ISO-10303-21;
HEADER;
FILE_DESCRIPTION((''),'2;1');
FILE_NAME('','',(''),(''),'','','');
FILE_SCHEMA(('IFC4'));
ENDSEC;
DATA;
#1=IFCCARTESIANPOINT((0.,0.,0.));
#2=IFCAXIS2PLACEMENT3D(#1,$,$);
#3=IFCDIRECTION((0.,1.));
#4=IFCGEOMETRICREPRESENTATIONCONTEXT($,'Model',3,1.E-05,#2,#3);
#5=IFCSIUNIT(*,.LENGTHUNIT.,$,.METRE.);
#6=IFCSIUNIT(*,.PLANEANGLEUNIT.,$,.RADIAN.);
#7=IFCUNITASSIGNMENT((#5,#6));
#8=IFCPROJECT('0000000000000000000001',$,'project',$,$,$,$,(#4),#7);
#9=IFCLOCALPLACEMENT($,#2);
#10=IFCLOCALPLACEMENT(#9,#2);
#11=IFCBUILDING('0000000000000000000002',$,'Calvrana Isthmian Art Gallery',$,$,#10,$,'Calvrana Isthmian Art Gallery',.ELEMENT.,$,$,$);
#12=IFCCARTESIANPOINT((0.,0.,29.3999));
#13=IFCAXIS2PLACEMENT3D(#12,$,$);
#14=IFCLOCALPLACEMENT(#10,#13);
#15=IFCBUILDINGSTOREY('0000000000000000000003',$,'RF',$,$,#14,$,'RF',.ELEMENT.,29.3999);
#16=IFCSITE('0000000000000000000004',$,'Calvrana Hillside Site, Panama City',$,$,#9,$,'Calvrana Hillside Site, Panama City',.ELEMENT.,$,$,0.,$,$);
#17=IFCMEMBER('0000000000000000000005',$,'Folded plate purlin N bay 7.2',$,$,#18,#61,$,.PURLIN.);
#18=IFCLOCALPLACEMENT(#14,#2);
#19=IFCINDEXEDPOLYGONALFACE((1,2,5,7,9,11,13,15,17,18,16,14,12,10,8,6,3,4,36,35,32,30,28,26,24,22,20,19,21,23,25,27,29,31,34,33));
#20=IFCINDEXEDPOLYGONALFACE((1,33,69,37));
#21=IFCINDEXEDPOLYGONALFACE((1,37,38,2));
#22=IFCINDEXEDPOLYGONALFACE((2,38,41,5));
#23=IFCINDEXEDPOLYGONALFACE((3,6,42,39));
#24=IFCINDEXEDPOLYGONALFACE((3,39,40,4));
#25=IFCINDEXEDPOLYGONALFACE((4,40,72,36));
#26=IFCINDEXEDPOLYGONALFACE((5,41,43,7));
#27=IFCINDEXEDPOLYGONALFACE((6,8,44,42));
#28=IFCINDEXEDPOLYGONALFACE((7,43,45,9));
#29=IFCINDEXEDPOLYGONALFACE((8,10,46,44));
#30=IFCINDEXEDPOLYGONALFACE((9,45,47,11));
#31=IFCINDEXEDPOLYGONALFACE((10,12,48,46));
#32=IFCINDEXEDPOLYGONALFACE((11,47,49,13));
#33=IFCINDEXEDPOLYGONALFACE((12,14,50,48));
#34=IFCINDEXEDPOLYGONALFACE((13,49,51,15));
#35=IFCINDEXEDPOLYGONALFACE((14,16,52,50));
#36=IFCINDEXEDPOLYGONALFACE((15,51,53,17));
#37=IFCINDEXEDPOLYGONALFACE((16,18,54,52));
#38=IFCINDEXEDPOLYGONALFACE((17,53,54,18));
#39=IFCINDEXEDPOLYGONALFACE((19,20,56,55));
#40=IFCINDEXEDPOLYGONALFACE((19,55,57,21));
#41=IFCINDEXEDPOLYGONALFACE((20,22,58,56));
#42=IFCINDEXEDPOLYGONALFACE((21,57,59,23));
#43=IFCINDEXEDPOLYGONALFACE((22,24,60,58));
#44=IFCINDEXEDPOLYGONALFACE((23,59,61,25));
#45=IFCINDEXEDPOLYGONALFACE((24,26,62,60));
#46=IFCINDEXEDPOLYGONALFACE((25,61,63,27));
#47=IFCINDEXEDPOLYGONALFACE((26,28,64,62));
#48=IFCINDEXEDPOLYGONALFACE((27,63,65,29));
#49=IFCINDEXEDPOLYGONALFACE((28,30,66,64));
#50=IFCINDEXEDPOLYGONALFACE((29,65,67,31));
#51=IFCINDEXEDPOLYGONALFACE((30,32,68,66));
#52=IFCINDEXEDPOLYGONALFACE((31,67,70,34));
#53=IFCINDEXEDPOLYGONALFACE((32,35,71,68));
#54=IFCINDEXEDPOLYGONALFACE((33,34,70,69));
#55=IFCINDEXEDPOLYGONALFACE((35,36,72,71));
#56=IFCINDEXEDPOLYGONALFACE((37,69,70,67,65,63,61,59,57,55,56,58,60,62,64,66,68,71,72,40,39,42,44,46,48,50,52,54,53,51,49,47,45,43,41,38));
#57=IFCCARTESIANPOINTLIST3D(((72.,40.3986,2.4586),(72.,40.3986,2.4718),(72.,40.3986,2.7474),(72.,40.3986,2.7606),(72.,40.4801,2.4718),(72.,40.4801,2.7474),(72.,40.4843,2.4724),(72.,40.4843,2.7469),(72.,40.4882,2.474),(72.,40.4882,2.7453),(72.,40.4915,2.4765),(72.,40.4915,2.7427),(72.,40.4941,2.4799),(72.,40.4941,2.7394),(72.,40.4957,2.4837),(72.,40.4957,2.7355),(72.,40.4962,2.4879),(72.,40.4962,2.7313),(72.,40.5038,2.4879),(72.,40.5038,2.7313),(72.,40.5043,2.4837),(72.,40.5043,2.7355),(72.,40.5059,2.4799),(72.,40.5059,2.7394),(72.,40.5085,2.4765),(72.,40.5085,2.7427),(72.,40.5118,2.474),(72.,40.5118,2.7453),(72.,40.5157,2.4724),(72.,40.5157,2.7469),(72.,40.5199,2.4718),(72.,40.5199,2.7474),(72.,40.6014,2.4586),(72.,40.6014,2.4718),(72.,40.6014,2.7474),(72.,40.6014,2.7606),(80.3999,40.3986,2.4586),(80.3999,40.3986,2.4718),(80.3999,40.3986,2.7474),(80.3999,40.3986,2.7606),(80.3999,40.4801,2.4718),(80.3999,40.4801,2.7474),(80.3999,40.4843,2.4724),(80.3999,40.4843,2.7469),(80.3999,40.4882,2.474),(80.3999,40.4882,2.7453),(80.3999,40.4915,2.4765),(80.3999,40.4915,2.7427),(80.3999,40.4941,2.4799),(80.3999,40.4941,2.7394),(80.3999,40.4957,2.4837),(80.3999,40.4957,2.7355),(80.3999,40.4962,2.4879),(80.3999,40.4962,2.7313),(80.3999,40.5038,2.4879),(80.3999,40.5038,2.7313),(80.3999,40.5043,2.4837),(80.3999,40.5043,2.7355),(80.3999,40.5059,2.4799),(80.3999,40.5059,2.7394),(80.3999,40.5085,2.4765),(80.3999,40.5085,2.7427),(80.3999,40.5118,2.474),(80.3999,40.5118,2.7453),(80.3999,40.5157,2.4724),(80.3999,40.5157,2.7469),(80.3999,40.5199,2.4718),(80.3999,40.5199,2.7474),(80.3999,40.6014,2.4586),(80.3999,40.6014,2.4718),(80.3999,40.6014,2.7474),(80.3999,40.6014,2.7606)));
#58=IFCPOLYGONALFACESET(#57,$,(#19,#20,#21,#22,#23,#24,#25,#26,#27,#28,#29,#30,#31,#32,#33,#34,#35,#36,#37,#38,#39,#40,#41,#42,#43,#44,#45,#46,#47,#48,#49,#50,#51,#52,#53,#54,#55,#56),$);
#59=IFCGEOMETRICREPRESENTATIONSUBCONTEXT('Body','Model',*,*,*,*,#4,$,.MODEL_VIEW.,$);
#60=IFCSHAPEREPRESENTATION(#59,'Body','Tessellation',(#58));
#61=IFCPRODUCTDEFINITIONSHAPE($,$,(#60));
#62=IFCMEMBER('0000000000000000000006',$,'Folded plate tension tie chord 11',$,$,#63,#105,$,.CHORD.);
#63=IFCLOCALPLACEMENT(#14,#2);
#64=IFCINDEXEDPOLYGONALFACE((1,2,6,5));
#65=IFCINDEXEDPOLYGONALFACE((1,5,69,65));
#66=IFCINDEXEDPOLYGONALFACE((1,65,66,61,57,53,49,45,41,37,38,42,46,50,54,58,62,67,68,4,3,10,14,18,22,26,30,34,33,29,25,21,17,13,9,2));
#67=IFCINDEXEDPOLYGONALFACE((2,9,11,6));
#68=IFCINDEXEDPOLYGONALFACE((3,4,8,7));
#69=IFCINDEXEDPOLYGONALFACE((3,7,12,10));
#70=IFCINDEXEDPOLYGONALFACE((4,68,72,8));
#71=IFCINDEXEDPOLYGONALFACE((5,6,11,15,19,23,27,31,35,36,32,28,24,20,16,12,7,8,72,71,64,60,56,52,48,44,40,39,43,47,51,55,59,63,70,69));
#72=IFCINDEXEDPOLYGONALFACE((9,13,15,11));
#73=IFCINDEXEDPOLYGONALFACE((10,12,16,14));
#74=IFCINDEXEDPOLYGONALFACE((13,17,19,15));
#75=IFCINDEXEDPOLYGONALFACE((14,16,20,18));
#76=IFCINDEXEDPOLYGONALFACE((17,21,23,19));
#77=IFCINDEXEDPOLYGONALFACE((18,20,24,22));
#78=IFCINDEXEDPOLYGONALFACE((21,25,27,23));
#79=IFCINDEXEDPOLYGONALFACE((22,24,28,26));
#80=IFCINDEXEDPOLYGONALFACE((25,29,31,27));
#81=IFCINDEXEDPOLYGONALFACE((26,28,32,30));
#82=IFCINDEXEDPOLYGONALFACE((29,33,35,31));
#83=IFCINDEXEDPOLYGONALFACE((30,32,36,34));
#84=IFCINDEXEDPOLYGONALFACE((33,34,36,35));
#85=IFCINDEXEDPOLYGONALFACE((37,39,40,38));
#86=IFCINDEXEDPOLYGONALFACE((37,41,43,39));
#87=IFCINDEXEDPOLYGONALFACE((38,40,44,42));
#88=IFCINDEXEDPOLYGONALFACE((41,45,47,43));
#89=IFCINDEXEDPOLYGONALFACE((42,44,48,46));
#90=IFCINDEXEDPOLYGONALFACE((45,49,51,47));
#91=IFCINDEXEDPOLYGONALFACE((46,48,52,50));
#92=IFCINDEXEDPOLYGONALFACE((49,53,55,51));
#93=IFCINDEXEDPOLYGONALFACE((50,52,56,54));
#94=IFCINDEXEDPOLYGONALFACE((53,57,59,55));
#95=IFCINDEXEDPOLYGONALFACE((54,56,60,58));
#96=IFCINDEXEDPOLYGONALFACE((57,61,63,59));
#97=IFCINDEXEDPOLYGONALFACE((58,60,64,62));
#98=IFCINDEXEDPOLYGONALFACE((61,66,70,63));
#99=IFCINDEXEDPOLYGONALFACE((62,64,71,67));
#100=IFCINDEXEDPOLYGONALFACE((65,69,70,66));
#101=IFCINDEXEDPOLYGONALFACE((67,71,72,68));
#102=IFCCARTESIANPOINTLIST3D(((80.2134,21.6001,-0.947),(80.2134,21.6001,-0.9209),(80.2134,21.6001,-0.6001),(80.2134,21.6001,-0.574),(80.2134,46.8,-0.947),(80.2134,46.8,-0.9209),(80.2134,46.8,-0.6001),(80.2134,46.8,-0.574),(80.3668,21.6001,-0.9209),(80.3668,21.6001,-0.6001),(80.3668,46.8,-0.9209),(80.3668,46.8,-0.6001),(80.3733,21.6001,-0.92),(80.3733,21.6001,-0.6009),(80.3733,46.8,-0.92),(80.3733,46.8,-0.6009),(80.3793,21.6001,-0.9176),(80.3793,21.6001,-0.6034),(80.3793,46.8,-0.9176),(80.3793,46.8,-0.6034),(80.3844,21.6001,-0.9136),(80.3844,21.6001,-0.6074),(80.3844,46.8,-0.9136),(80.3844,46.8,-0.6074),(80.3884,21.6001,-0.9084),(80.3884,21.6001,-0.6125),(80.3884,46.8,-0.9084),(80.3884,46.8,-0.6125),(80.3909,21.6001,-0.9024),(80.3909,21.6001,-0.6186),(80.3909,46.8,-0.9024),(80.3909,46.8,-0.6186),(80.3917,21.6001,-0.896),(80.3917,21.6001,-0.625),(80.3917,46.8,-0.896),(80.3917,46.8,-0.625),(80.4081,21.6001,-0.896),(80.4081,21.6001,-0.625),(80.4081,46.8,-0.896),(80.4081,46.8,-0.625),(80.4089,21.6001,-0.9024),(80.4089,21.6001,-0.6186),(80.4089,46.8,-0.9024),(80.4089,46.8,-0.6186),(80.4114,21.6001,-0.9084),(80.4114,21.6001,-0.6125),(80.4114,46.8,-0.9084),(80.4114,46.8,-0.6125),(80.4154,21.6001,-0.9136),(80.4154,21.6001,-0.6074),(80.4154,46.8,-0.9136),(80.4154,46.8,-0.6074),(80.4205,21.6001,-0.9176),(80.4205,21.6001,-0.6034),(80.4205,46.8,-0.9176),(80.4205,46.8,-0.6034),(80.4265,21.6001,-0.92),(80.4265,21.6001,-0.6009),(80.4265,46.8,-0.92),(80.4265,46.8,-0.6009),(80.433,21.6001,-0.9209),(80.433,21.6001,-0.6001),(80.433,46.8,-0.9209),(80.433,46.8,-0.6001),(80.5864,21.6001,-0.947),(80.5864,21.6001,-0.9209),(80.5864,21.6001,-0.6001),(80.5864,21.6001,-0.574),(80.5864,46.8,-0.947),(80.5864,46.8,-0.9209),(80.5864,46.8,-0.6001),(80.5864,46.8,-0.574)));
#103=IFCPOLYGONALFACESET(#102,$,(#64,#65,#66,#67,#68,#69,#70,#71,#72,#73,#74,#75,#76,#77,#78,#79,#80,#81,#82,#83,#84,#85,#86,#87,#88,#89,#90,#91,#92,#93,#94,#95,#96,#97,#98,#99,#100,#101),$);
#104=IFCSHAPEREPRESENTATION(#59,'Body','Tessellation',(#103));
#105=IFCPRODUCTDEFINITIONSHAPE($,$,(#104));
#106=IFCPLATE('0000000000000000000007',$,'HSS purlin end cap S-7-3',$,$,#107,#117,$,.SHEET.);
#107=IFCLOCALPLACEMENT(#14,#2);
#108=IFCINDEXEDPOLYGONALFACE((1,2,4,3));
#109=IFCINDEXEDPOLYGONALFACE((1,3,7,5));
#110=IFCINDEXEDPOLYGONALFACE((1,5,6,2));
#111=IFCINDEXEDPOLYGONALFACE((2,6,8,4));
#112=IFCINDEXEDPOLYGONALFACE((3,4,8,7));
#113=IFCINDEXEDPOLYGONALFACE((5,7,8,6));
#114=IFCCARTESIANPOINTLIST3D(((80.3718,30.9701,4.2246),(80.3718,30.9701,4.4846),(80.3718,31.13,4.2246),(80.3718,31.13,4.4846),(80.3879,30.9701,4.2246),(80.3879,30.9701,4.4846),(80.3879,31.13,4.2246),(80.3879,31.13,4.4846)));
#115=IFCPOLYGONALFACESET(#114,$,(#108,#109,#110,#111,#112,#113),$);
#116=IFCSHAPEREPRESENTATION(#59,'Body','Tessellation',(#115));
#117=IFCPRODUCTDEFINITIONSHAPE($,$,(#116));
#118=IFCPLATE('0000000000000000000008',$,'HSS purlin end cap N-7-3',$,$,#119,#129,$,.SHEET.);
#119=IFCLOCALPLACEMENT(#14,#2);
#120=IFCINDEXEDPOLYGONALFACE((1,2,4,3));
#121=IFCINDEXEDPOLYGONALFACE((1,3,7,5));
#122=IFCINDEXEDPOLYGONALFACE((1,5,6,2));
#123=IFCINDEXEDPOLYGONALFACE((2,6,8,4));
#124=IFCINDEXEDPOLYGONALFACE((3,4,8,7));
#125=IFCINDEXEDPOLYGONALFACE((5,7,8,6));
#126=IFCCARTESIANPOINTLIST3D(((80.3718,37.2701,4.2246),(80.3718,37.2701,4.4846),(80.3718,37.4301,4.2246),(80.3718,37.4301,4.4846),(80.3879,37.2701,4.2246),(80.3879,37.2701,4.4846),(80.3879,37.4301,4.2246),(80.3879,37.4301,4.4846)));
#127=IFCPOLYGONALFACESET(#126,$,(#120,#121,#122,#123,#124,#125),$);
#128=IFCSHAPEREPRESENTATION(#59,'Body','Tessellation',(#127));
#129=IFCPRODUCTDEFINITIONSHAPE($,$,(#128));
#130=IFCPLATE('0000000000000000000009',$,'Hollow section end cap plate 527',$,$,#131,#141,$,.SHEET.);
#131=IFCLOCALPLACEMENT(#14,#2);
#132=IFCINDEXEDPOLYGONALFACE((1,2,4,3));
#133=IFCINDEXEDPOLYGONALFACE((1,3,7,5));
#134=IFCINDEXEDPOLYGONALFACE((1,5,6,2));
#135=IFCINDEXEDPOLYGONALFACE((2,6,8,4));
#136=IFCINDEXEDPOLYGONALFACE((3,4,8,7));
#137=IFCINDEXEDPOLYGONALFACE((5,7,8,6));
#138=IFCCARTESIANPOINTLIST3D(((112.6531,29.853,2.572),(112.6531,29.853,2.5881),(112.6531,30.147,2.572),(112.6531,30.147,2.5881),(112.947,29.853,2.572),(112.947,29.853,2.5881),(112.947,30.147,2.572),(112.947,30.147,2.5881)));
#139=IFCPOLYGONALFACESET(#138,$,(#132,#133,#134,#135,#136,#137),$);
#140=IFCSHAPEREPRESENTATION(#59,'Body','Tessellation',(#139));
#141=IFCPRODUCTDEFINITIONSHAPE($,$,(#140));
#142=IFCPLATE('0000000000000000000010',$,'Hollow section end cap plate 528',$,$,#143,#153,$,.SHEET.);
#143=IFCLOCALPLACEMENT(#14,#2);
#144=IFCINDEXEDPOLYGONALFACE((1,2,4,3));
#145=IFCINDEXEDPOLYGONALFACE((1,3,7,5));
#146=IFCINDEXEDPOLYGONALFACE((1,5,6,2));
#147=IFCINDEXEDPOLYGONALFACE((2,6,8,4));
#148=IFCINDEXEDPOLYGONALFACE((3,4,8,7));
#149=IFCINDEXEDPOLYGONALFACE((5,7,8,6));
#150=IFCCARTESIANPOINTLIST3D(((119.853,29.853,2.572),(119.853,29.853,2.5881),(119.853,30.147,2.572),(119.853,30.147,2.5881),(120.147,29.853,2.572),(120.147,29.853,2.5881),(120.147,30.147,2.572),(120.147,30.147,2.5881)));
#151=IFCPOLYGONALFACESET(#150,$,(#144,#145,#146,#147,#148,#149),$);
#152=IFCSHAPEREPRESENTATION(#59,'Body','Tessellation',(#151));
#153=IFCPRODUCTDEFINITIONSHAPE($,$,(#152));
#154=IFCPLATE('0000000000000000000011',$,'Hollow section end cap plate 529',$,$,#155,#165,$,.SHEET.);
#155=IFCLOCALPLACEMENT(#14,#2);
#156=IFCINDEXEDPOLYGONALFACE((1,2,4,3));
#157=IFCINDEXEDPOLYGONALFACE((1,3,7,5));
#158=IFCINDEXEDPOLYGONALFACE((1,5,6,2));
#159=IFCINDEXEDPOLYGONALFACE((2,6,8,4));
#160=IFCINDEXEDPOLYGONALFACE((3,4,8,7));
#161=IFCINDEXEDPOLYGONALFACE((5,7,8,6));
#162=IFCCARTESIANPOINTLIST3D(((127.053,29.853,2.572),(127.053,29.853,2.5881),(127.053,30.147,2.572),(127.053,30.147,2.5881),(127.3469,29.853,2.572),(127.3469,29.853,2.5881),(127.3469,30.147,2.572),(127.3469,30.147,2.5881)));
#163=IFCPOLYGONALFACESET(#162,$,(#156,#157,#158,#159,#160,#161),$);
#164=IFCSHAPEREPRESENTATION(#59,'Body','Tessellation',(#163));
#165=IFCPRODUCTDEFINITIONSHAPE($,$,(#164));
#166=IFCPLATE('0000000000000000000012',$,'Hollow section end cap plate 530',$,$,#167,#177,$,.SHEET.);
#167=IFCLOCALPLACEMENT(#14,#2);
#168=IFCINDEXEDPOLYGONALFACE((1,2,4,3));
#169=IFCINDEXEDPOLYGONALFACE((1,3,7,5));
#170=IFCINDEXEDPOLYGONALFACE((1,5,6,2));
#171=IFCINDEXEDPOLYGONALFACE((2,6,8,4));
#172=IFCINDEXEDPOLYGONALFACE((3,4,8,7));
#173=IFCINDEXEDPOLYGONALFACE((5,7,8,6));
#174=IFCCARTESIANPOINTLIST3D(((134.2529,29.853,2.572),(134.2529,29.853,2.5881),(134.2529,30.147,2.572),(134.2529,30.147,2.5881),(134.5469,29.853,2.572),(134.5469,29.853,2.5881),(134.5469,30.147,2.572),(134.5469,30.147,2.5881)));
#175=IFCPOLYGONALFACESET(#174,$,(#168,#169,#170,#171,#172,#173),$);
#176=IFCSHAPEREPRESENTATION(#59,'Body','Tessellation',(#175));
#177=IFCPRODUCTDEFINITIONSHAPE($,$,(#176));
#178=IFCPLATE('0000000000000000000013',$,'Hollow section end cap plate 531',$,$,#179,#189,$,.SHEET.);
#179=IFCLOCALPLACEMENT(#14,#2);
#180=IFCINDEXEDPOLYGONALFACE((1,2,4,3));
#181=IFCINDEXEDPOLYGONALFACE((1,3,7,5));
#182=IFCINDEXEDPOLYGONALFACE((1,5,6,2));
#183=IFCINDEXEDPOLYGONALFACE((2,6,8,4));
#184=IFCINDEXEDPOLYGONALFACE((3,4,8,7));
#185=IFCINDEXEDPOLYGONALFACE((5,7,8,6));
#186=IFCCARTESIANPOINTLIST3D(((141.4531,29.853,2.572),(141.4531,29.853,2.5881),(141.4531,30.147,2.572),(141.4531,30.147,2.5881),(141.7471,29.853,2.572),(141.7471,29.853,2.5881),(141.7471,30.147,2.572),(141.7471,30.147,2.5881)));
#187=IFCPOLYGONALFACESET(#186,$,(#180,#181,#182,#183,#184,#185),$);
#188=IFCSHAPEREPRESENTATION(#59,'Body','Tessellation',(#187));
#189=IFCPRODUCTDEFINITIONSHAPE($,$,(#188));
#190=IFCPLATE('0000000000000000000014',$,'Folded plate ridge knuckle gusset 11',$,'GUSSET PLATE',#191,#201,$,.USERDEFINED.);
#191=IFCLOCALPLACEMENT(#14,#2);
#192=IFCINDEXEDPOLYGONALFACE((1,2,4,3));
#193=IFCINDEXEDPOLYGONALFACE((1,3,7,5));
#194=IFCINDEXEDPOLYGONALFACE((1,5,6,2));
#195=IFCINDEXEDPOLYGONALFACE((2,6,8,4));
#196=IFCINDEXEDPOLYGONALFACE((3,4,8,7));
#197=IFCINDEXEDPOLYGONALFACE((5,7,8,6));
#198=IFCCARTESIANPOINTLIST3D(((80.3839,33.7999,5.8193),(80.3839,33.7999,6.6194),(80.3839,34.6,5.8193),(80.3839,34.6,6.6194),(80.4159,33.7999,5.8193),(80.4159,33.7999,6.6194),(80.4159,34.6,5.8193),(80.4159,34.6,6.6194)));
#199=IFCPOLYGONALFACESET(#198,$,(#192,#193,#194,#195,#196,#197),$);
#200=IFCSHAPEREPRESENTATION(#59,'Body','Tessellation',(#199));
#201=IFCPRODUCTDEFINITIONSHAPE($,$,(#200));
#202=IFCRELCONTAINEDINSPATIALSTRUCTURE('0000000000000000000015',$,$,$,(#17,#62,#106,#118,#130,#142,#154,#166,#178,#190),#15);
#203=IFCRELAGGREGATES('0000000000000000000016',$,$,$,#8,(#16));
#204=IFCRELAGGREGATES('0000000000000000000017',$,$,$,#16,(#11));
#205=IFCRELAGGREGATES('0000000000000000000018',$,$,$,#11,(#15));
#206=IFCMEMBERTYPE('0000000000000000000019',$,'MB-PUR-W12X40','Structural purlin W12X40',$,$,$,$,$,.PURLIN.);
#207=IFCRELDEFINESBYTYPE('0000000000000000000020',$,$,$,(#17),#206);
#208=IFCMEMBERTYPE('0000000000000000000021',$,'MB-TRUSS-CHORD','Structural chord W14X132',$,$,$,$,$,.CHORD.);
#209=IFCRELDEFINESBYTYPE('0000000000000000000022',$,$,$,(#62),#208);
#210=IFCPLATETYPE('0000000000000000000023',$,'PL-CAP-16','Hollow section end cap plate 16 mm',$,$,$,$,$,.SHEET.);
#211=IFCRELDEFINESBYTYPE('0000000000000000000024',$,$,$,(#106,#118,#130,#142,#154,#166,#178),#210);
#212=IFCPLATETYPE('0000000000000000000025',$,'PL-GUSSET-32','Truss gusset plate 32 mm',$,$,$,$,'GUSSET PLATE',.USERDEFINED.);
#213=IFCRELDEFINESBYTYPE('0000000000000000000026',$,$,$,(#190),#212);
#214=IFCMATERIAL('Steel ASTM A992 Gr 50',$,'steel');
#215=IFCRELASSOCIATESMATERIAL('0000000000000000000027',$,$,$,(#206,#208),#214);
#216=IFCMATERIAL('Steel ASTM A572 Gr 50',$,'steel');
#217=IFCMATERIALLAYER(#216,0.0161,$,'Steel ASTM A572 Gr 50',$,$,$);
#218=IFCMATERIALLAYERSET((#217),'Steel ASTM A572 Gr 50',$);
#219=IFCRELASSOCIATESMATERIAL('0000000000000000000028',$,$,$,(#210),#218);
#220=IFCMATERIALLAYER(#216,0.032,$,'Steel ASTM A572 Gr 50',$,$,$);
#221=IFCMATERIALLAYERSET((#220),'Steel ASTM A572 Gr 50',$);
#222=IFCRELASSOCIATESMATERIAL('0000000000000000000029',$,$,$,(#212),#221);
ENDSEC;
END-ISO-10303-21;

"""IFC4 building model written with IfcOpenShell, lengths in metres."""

from ifc_helpers import new_model, si_unit, direction, frame, origin, origin_2d, place, context, subcontext, project, spatial, rectangle, i_section, extrude, material, layer, layer_set, material_profile, profile_set, type_object, element, save


model = new_model("IFC4")

# Units and contexts
model_context = context("Model", 3, precision=1e-05, world=origin(), true_north=direction((0.0, 1.0)))
body_context = subcontext(model_context, "Body", "Model", "MODEL_VIEW")
ifc_project = project(units=[si_unit("LENGTHUNIT", "METRE"), si_unit("PLANEANGLEUNIT", "RADIAN")], contexts=[model_context])

# Site, building, storey
site_placement = place(None, origin())
site = spatial("IfcSite", under=ifc_project, at=site_placement, Name="Calvrana Hillside Site, Panama City", LongName="Calvrana Hillside Site, Panama City", CompositionType="ELEMENT", RefElevation=0.0)
building_placement = place(site_placement, origin())
building = spatial("IfcBuilding", under=site, at=building_placement, Name="Calvrana Isthmian Art Gallery", LongName="Calvrana Isthmian Art Gallery", CompositionType="ELEMENT")
storey_placement = place(building_placement, frame((0.0, 0.0, 29.3999)))
storey = spatial("IfcBuildingStorey", under=building, at=storey_placement, Name="RF", LongName="RF", CompositionType="ELEMENT", Elevation=29.3999)

# Shared definitions
ifc_material_1 = material(Name="Steel ASTM A992 Gr 50", Category="steel")

# Members
ifc_material_profile_1 = material_profile(ifc_material_1, i_section(OverallWidth=0.2029, OverallDepth=0.302, WebThickness=0.0076, FlangeThickness=0.0132, FilletRadius=0.0161, at=origin_2d()), Name="W12X40")
ifc_profile_set_1 = profile_set([ifc_material_profile_1], Name="Steel ASTM A992 Gr 50")
member_type_1 = type_object("IfcMemberType", Name="MB-PUR-W12X40", Description="Structural purlin W12X40", PredefinedType="PURLIN", material=ifc_profile_set_1)
for number, where, z_axis, x_axis, name in (
    (1, (72.0, 40.5, 2.6096), (1.0, 0.0, 0.0), (0.0, 1.0, 0.0), "Folded plate purlin N bay 7.2"),
):
    element("IfcMember", number, at=place(storey_placement, frame(where, z_axis=z_axis, x_axis=x_axis)), inside=storey, type_object=member_type_1, Name=name, PredefinedType="PURLIN", context=body_context, shape_type="SweptSolid", body=[
        extrude(i_section(OverallWidth=0.2029, OverallDepth=0.302, WebThickness=0.0076, FlangeThickness=0.0132, FilletRadius=0.0161, at=origin_2d()), origin(), (0.0, 0.0, 1.0), 8.3999),
    ])
ifc_material_profile_2 = material_profile(ifc_material_1, i_section(OverallWidth=0.373, OverallDepth=0.373, WebThickness=0.0164, FlangeThickness=0.0261, FilletRadius=0.0249, at=origin_2d()), Name="W14X132")
ifc_profile_set_2 = profile_set([ifc_material_profile_2], Name="Steel ASTM A992 Gr 50")
member_type_2 = type_object("IfcMemberType", Name="MB-TRUSS-CHORD", Description="Structural chord W14X132", PredefinedType="CHORD", material=ifc_profile_set_2)
member_1_placement = place(storey_placement, frame((80.3999, 21.6001, -0.7605), z_axis=(0.0, 1.0, 0.0), x_axis=(-1.0, 0.0, 0.0)))
element("IfcMember", 2, at=member_1_placement, inside=storey, type_object=member_type_2, Name="Folded plate tension tie chord 11", PredefinedType="CHORD", context=body_context, shape_type="SweptSolid", body=[
    extrude(i_section(OverallWidth=0.373, OverallDepth=0.373, WebThickness=0.0164, FlangeThickness=0.0261, FilletRadius=0.0249, at=origin_2d()), origin(), (0.0, 0.0, 1.0), 25.2),
])

# Plates
ifc_material_2 = material(Name="Steel ASTM A572 Gr 50", Category="steel")
ifc_layer_1 = layer(ifc_material_2, 0.0161, Name="Steel ASTM A572 Gr 50")
ifc_layer_set_1 = layer_set([ifc_layer_1], Name="Steel ASTM A572 Gr 50")
plate_type_1 = type_object("IfcPlateType", Name="PL-CAP-16", Description="Hollow section end cap plate 16 mm", PredefinedType="SHEET", material=ifc_layer_set_1)
for number, where, z_axis, x_axis, name in (
    (3, (80.3799, 31.05, 4.2246), (0.0, 0.0, 1.0), (1.0, 0.0, 0.0), "HSS purlin end cap S-7-3"),
    (4, (80.3799, 37.3501, 4.2246), (0.0, 0.0, 1.0), (1.0, 0.0, 0.0), "HSS purlin end cap N-7-3"),
):
    element("IfcPlate", number, at=place(storey_placement, frame(where, z_axis=z_axis, x_axis=x_axis)), inside=storey, type_object=plate_type_1, Name=name, PredefinedType="SHEET", context=body_context, shape_type="SweptSolid", body=[
        extrude(rectangle(XDim=0.0161, YDim=0.1599, at=origin_2d()), origin(), (0.0, 0.0, 1.0), 0.26),
    ])
for number, where, z_axis, x_axis, name in (
    (5, (112.8, 30.0, 2.572), (0.0, 0.0, 1.0), (1.0, 0.0, 0.0), "Hollow section end cap plate 527"),
    (6, (120.0, 30.0, 2.572), (0.0, 0.0, 1.0), (1.0, 0.0, 0.0), "Hollow section end cap plate 528"),
    (7, (127.2, 30.0, 2.572), (0.0, 0.0, 1.0), (1.0, 0.0, 0.0), "Hollow section end cap plate 529"),
    (8, (134.3999, 30.0, 2.572), (0.0, 0.0, 1.0), (1.0, 0.0, 0.0), "Hollow section end cap plate 530"),
    (9, (141.6001, 30.0, 2.572), (0.0, 0.0, 1.0), (1.0, 0.0, 0.0), "Hollow section end cap plate 531"),
):
    element("IfcPlate", number, at=place(storey_placement, frame(where, z_axis=z_axis, x_axis=x_axis)), inside=storey, type_object=plate_type_1, Name=name, PredefinedType="SHEET", context=body_context, shape_type="SweptSolid", body=[
        extrude(rectangle(XDim=0.2939, YDim=0.2939, at=origin_2d()), origin(), (0.0, 0.0, 1.0), 0.0161),
    ])
ifc_layer_2 = layer(ifc_material_2, 0.032, Name="Steel ASTM A572 Gr 50")
ifc_layer_set_2 = layer_set([ifc_layer_2], Name="Steel ASTM A572 Gr 50")
plate_type_2 = type_object("IfcPlateType", Name="PL-GUSSET-32", Description="Truss gusset plate 32 mm", ElementType="GUSSET PLATE", PredefinedType="USERDEFINED", material=ifc_layer_set_2)
plate_1_placement = place(storey_placement, frame((80.3999, 34.2, 5.8193), z_axis=(0.0, 0.0, 1.0), x_axis=(1.0, 0.0, 0.0)))
element("IfcPlate", 10, at=plate_1_placement, inside=storey, type_object=plate_type_2, Name="Folded plate ridge knuckle gusset 11", ObjectType="GUSSET PLATE", PredefinedType="USERDEFINED", context=body_context, shape_type="SweptSolid", body=[
    extrude(rectangle(XDim=0.032, YDim=0.8, at=origin_2d()), origin(), (0.0, 0.0, 1.0), 0.8),
])

save(model, "model.ifc")
